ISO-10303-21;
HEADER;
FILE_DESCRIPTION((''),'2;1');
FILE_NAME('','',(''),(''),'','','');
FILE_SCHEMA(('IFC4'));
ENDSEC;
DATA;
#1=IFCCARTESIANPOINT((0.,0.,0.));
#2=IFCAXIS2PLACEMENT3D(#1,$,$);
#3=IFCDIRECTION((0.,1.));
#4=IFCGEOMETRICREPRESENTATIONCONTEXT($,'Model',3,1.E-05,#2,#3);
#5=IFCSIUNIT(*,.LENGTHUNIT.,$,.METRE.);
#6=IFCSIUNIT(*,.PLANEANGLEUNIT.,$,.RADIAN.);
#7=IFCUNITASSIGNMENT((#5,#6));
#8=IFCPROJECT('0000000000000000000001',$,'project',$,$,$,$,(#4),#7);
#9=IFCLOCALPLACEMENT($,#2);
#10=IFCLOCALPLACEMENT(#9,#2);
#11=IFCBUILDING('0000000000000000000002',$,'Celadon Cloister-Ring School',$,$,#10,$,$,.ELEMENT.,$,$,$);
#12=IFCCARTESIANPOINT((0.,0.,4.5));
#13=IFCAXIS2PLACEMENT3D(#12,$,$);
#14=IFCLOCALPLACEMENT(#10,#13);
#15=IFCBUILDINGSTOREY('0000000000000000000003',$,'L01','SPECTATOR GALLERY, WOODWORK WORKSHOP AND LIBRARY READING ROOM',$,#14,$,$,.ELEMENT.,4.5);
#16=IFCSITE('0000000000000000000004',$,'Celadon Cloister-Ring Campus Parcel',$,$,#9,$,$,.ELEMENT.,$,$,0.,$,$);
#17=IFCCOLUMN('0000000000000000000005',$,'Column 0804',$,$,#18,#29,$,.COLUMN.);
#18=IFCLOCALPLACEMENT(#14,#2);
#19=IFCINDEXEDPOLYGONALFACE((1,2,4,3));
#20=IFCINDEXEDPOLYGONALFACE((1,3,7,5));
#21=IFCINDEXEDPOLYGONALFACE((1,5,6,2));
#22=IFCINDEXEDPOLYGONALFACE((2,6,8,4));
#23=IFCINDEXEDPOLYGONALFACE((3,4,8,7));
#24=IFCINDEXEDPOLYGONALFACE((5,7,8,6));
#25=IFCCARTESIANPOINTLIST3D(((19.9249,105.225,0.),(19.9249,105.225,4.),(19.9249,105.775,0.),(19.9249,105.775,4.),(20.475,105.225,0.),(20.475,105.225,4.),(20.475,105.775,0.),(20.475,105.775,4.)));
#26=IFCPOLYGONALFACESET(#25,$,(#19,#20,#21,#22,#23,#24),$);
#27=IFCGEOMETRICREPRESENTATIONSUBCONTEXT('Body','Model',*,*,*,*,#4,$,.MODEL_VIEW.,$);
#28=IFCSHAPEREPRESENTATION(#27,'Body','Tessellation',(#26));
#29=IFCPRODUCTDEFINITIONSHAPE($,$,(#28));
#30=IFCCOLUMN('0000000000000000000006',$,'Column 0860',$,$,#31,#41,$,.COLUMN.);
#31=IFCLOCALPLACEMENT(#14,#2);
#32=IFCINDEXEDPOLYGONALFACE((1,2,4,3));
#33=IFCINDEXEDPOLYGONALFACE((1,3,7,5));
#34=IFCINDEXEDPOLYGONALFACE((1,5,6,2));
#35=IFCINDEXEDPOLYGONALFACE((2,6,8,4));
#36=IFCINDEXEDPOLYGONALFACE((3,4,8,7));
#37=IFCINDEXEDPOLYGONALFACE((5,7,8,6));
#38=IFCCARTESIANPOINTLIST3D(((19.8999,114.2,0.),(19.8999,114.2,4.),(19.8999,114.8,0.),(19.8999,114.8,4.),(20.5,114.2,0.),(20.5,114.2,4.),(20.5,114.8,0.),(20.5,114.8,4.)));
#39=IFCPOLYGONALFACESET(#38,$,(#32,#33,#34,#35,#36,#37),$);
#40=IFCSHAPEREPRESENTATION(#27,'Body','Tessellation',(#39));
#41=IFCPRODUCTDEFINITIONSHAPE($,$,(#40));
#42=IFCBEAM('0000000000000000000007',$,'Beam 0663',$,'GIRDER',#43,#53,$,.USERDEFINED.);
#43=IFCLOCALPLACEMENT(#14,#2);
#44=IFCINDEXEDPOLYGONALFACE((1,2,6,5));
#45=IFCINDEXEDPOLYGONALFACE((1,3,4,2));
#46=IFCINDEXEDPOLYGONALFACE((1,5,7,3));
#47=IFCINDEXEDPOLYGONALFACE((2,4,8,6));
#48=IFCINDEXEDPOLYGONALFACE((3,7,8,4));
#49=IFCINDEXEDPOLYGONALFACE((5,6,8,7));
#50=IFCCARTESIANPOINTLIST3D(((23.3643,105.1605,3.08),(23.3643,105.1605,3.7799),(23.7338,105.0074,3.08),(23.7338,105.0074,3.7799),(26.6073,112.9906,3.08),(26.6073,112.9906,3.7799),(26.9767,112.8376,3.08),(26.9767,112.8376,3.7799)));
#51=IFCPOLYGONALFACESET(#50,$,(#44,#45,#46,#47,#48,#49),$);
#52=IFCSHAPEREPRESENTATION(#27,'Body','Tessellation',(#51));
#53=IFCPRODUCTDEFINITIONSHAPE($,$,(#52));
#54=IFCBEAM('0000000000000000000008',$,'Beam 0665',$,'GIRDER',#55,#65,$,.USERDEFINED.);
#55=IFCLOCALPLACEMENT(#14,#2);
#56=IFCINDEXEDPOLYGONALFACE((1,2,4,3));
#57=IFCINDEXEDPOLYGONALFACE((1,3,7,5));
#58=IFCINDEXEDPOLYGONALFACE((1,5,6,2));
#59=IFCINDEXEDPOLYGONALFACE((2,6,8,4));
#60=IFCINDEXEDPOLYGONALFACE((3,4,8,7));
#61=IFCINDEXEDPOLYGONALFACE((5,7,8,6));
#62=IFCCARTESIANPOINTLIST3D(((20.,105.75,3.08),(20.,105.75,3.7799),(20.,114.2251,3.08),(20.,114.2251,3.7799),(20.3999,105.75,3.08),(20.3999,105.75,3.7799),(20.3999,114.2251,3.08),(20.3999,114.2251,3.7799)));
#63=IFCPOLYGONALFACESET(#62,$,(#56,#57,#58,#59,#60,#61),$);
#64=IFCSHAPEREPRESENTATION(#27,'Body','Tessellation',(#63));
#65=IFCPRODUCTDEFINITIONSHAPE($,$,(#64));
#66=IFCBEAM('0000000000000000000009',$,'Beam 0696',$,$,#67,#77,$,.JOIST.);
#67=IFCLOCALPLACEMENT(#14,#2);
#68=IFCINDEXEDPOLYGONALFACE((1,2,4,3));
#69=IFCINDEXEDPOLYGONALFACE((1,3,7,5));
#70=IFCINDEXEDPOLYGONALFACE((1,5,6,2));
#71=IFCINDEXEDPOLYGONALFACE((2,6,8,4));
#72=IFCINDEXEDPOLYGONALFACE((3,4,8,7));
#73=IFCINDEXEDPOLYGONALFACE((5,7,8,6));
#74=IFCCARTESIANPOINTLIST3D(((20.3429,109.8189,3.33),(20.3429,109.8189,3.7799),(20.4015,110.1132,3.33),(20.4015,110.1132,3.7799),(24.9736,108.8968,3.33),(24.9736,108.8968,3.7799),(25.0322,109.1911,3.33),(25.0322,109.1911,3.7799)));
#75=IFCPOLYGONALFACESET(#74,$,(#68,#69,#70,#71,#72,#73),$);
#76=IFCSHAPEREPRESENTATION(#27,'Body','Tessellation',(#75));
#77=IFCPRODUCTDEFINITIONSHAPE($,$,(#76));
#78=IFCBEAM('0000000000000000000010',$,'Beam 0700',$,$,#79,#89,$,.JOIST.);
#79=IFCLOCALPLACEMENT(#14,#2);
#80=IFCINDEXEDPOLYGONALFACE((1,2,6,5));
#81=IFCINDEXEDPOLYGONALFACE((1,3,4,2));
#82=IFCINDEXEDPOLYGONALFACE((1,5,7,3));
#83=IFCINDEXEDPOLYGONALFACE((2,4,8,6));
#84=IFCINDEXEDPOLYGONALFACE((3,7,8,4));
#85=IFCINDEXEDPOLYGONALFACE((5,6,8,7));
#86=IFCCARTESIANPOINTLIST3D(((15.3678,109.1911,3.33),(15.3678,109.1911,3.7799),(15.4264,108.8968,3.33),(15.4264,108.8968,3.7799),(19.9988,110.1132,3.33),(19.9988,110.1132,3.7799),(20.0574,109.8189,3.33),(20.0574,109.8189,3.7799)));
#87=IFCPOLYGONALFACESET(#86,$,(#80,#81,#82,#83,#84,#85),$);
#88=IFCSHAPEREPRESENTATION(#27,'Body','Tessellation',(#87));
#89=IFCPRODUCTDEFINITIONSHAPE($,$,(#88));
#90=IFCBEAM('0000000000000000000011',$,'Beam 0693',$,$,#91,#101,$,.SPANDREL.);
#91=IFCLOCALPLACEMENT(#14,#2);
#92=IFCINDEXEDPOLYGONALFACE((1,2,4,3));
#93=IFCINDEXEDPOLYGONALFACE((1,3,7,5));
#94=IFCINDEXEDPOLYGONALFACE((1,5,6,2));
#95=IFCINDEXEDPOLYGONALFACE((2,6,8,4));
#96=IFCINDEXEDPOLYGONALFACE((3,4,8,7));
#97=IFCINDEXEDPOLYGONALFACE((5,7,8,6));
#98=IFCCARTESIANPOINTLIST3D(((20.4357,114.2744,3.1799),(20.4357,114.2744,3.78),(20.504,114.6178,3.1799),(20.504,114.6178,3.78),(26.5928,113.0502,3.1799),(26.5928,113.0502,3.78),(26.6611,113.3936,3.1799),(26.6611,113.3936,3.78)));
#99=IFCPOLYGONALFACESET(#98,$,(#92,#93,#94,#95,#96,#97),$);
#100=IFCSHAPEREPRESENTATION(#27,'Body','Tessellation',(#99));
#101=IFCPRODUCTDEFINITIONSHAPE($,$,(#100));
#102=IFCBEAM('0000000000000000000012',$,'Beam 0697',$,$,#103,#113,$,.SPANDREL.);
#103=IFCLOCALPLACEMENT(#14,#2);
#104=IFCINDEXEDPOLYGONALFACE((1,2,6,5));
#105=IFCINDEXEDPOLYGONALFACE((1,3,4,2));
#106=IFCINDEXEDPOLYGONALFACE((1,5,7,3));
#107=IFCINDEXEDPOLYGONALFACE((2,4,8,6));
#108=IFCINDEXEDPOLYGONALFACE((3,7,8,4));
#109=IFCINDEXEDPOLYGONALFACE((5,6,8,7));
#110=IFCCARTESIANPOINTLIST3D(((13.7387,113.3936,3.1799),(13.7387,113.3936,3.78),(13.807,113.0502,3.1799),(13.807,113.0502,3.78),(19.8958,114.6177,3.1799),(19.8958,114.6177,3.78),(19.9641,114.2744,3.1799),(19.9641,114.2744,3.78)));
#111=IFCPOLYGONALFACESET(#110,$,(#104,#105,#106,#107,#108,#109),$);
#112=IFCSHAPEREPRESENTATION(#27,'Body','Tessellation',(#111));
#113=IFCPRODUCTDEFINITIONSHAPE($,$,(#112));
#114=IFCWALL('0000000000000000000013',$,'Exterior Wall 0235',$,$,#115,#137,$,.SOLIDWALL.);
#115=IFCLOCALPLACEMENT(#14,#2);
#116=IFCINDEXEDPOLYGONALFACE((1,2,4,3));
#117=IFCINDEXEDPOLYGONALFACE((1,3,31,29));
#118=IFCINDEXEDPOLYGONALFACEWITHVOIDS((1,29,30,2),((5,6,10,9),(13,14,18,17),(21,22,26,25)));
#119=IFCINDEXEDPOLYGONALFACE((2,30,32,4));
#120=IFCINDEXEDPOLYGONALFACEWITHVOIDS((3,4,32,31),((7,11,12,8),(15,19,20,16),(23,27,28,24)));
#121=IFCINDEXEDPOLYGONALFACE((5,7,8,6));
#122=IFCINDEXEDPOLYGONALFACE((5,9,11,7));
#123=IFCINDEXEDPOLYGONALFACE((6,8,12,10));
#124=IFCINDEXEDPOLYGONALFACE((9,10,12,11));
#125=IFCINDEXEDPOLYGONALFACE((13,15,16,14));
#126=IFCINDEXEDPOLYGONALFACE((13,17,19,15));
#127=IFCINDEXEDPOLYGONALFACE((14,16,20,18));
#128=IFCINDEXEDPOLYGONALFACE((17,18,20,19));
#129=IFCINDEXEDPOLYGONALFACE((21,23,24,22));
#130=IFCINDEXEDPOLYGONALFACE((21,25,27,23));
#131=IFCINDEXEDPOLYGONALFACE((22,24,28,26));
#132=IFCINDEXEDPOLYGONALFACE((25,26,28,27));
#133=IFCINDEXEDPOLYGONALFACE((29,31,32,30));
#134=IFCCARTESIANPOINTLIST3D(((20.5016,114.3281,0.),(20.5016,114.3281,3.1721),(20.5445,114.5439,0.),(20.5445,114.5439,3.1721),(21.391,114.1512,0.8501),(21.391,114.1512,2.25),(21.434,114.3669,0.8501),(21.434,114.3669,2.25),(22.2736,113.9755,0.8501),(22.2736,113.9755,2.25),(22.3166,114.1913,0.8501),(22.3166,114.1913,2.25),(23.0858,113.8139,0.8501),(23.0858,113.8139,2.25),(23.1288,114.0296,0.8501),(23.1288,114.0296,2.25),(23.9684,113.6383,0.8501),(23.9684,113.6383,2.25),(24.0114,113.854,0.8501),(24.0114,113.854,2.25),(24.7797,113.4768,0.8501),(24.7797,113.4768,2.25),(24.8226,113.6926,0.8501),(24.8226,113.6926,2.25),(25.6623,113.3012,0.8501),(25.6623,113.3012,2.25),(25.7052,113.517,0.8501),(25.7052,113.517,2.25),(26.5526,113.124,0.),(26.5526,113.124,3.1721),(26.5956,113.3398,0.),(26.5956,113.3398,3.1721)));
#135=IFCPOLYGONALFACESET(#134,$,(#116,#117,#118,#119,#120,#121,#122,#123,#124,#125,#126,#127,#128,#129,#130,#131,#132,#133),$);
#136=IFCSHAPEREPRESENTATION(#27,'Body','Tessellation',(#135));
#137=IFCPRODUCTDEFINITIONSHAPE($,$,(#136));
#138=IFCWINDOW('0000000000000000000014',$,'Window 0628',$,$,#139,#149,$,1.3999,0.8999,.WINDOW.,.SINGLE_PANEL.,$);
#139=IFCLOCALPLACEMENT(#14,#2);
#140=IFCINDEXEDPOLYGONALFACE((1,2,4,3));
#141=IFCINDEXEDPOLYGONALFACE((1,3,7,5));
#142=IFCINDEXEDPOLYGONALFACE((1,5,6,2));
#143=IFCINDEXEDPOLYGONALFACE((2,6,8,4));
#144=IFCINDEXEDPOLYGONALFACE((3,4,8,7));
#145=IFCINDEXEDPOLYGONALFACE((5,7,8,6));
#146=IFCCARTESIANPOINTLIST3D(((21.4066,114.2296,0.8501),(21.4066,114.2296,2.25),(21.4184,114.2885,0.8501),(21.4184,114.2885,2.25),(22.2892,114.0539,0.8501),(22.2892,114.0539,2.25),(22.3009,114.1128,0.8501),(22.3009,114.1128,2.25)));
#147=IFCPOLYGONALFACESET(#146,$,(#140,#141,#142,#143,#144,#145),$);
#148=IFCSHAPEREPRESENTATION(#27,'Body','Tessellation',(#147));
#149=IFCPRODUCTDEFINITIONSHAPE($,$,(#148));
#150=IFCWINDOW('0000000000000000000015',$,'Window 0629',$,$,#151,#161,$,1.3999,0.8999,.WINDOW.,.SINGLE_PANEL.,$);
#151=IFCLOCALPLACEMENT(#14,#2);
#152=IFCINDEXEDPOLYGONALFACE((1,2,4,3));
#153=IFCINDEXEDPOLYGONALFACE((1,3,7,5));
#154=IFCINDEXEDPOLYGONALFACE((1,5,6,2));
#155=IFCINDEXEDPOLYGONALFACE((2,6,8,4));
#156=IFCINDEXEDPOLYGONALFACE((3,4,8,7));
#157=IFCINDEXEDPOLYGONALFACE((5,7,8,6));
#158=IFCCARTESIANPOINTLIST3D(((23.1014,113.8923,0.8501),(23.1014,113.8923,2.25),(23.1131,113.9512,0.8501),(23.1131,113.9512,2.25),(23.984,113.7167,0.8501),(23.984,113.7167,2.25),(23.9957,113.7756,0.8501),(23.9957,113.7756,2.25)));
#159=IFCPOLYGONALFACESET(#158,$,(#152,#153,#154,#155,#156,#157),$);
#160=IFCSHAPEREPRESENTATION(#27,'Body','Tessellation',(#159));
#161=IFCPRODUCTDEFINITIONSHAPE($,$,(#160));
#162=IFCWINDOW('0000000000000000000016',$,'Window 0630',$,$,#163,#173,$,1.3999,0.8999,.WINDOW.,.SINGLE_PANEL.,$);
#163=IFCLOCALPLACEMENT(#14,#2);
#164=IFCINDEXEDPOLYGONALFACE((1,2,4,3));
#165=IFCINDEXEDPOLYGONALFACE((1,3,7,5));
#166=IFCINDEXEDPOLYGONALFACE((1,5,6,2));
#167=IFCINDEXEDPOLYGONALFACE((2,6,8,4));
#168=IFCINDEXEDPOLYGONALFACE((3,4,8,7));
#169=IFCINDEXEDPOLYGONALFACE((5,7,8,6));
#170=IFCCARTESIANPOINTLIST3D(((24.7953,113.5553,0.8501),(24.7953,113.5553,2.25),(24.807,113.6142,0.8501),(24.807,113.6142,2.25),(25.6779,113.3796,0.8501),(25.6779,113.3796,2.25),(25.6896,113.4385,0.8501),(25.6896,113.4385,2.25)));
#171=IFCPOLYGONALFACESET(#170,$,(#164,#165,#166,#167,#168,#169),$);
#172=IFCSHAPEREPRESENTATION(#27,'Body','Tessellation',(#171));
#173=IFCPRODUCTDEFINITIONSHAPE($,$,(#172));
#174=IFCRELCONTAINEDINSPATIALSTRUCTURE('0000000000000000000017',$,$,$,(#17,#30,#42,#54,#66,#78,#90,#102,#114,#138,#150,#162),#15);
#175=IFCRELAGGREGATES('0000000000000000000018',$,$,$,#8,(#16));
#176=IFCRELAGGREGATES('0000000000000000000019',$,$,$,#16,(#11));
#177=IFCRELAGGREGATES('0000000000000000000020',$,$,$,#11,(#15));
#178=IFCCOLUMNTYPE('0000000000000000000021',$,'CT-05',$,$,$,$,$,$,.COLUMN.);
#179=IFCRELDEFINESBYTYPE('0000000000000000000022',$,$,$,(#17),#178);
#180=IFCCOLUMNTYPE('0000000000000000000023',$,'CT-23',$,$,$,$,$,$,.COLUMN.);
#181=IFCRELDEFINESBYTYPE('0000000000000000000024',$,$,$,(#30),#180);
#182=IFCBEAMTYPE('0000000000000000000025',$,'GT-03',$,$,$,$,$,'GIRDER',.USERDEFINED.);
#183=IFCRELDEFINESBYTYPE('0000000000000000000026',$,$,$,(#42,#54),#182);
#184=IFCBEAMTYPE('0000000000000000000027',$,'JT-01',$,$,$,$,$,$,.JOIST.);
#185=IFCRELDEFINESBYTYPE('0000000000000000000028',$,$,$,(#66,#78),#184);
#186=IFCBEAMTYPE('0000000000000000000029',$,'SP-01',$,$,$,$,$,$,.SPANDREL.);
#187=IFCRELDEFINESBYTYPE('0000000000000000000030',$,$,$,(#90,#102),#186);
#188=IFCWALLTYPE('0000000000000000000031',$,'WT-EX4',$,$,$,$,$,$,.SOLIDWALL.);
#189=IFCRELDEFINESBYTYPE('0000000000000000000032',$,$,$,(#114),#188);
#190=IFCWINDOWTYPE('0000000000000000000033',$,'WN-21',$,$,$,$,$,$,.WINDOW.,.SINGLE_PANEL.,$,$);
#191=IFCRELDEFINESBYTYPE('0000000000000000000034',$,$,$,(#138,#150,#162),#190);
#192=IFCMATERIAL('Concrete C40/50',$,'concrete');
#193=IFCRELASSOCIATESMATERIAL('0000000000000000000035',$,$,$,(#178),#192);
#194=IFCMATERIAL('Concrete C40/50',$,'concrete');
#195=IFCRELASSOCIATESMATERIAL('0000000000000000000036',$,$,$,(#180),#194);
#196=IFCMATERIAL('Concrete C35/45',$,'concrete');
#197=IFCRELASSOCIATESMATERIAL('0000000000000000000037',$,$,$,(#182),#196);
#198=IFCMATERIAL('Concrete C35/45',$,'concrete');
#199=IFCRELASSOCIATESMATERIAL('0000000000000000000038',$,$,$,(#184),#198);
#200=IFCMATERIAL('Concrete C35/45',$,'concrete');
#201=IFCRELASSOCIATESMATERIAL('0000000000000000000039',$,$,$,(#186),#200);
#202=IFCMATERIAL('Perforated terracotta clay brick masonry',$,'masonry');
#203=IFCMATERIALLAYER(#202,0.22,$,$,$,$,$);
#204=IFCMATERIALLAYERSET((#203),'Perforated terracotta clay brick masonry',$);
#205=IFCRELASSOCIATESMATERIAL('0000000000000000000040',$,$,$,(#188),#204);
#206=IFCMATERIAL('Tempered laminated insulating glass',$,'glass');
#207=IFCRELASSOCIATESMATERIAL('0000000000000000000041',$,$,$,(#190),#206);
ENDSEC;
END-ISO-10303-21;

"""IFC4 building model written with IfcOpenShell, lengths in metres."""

from ifc_helpers import new_model, si_unit, direction, frame, frame_2d, origin, origin_2d, place, context, subcontext, project, spatial, rectangle, extrude, material, layer, layer_set, material_profile, profile_set, type_object, element, fill, save


model = new_model("IFC4")

# Units and contexts
model_context = context("Model", 3, precision=1e-05, world=origin(), true_north=direction((0.0, 1.0)))
body_context = subcontext(model_context, "Body", "Model", "MODEL_VIEW")
ifc_project = project(units=[si_unit("LENGTHUNIT", "METRE"), si_unit("PLANEANGLEUNIT", "RADIAN")], contexts=[model_context])

# Site, building, storey
site_placement = place(None, origin())
site = spatial("IfcSite", under=ifc_project, at=site_placement, Name="Celadon Cloister-Ring Campus Parcel", CompositionType="ELEMENT", RefElevation=0.0)
building_placement = place(site_placement, origin())
building = spatial("IfcBuilding", under=site, at=building_placement, Name="Celadon Cloister-Ring School", CompositionType="ELEMENT")
storey_placement = place(building_placement, frame((0.0, 0.0, 4.5)))
storey = spatial("IfcBuildingStorey", under=building, at=storey_placement, Name="L01", Description="SPECTATOR GALLERY, WOODWORK WORKSHOP AND LIBRARY READING ROOM", CompositionType="ELEMENT", Elevation=4.5)

# Columns
ifc_material_1 = material(Name="Concrete C40/50", Category="concrete")
ifc_material_profile_1 = material_profile(ifc_material_1, rectangle(XDim=0.55, YDim=0.55, at=origin_2d()), Name="RC550X550")
ifc_profile_set_1 = profile_set([ifc_material_profile_1], Name="Concrete C40/50")
column_type_1 = type_object("IfcColumnType", Name="CT-05", PredefinedType="COLUMN", material=ifc_profile_set_1)
column_1_placement = place(storey_placement, frame((20.2, 105.5, 0.0), z_axis=(0.0, 0.0, 1.0), x_axis=(0.0, 1.0, 0.0)))
element("IfcColumn", 1, at=column_1_placement, inside=storey, type_object=column_type_1, Name="Column 0804", PredefinedType="COLUMN", context=body_context, shape_type="SweptSolid", body=[
    extrude(rectangle(XDim=0.55, YDim=0.55, at=origin_2d()), origin(), (0.0, 0.0, 1.0), 4.0),
])
ifc_material_2 = material(Name="Concrete C40/50", Category="concrete")
ifc_material_profile_2 = material_profile(ifc_material_2, rectangle(XDim=0.6001, YDim=0.6001, at=origin_2d()), Name="RC600X600")
ifc_profile_set_2 = profile_set([ifc_material_profile_2], Name="Concrete C40/50")
column_type_2 = type_object("IfcColumnType", Name="CT-23", PredefinedType="COLUMN", material=ifc_profile_set_2)
column_2_placement = place(storey_placement, frame((20.2, 114.5, 0.0), z_axis=(0.0, 0.0, 1.0), x_axis=(0.0, 1.0, 0.0)))
element("IfcColumn", 2, at=column_2_placement, inside=storey, type_object=column_type_2, Name="Column 0860", PredefinedType="COLUMN", context=body_context, shape_type="SweptSolid", body=[
    extrude(rectangle(XDim=0.6001, YDim=0.6001, at=origin_2d()), origin(), (0.0, 0.0, 1.0), 4.0),
])

# Beams
ifc_material_3 = material(Name="Concrete C35/45", Category="concrete")
ifc_material_profile_3 = material_profile(ifc_material_3, rectangle(XDim=0.3999, YDim=0.7, at=origin_2d()), Name="RC400X700")
ifc_profile_set_3 = profile_set([ifc_material_profile_3], Name="Concrete C35/45")
beam_type_1 = type_object("IfcBeamType", Name="GT-03", ElementType="GIRDER", PredefinedType="USERDEFINED", material=ifc_profile_set_3)
for number, where, z_axis, x_axis, name in (
    (3, (26.792, 112.9141, 3.4299), (-0.382643, -0.923896, 0.0), (0.923896, -0.382643, 0.0), "Beam 0663"),
    (4, (20.2, 114.2251, 3.4299), (0.0, -1.0, 0.0), (1.0, 0.0, 0.0), "Beam 0665"),
):
    element("IfcBeam", number, at=place(storey_placement, frame(where, z_axis=z_axis, x_axis=x_axis)), inside=storey, type_object=beam_type_1, Name=name, ObjectType="GIRDER", PredefinedType="USERDEFINED", context=body_context, shape_type="SweptSolid", body=[
        extrude(rectangle(XDim=0.3999, YDim=0.7, at=origin_2d()), origin(), (0.0, 0.0, 1.0), 8.4751),
    ])
ifc_material_4 = material(Name="Concrete C35/45", Category="concrete")
ifc_material_profile_4 = material_profile(ifc_material_4, rectangle(XDim=0.3, YDim=0.45, at=origin_2d()), Name="RC300X450")
ifc_profile_set_4 = profile_set([ifc_material_profile_4], Name="Concrete C35/45")
beam_type_2 = type_object("IfcBeamType", Name="JT-01", PredefinedType="JOIST", material=ifc_profile_set_4)
beam_1_placement = place(storey_placement, frame((25.0029, 109.0439, 3.5549), z_axis=(-0.980745, 0.195291, 0.0), x_axis=(-0.195291, -0.980745, 0.0)))
element("IfcBeam", 5, at=beam_1_placement, inside=storey, type_object=beam_type_2, Name="Beam 0696", PredefinedType="JOIST", context=body_context, shape_type="SweptSolid", body=[
    extrude(rectangle(XDim=0.3, YDim=0.45, at=origin_2d()), origin(), (0.0, 0.0, 1.0), 4.7217),
])
beam_2_placement = place(storey_placement, frame((20.0281, 109.9661, 3.5549), z_axis=(-0.980747, -0.195281, 0.0), x_axis=(0.195281, -0.980747, 0.0)))
element("IfcBeam", 6, at=beam_2_placement, inside=storey, type_object=beam_type_2, Name="Beam 0700", PredefinedType="JOIST", context=body_context, shape_type="SweptSolid", body=[
    extrude(rectangle(XDim=0.3, YDim=0.45, at=origin_2d()), origin(), (0.0, 0.0, 1.0), 4.7219),
])
ifc_material_5 = material(Name="Concrete C35/45", Category="concrete")
ifc_material_profile_5 = material_profile(ifc_material_5, rectangle(XDim=0.3501, YDim=0.6001, at=origin_2d()), Name="RC350X600")
ifc_profile_set_5 = profile_set([ifc_material_profile_5], Name="Concrete C35/45")
beam_type_3 = type_object("IfcBeamType", Name="SP-01", PredefinedType="SPANDREL", material=ifc_profile_set_5)
for number, where, z_axis, x_axis, name in (
    (7, (26.627, 113.2219, 3.48), (-0.980803, 0.195002, 0.0), (-0.195002, -0.980803, 0.0), "Beam 0693"),
    (8, (19.9299, 114.446, 3.48), (-0.980803, -0.195002, 0.0), (0.195002, -0.980803, 0.0), "Beam 0697"),
):
    element("IfcBeam", number, at=place(storey_placement, frame(where, z_axis=z_axis, x_axis=x_axis)), inside=storey, type_object=beam_type_3, Name=name, PredefinedType="SPANDREL", context=body_context, shape_type="SweptSolid", body=[
        extrude(rectangle(XDim=0.3501, YDim=0.6001, at=origin_2d()), origin(), (0.0, 0.0, 1.0), 6.2776),
    ])

# Wall, openings, windows
ifc_material_6 = material(Name="Perforated terracotta clay brick masonry", Category="masonry")
ifc_layer_1 = layer(ifc_material_6, 0.22)
ifc_layer_set_1 = layer_set([ifc_layer_1], Name="Perforated terracotta clay brick masonry")
wall_type = type_object("IfcWallType", Name="WT-EX4", PredefinedType="SOLIDWALL", material=ifc_layer_set_1)
wall_placement = place(storey_placement, frame((20.5229, 114.436, 0.0), z_axis=(0.0, 0.0, 1.0), x_axis=(0.98077, -0.195165, 0.0)))
wall = element("IfcWall", 9, at=wall_placement, inside=storey, type_object=wall_type, Name="Exterior Wall 0235", PredefinedType="SOLIDWALL", context=body_context, shape_type="SweptSolid", body=[
    extrude(rectangle(XDim=6.1697, YDim=0.22, at=frame_2d((3.085, 0.0))), origin(), (0.0, 0.0, 1.0), 3.1721),
])
opening_1_placement = place(wall_placement, frame((0.907, 0.0, 0.8501)))
opening_1 = element("IfcOpeningElement", 10, at=opening_1_placement, cuts=wall, PredefinedType="OPENING", context=body_context, shape_type="SweptSolid", body=[
    extrude(rectangle(XDim=0.8999, YDim=1.3999, at=frame_2d((0.45, 0.7))), frame((0.0, 0.1201, 0.0), z_axis=(0.0, -1.0, 0.0), x_axis=(1.0, 0.0, 0.0)), (0.0, 0.0, 1.0), 0.24),
])
opening_2_placement = place(wall_placement, frame((2.635, 0.0, 0.8501)))
opening_2 = element("IfcOpeningElement", 11, at=opening_2_placement, cuts=wall, PredefinedType="OPENING", context=body_context, shape_type="SweptSolid", body=[
    extrude(rectangle(XDim=0.8999, YDim=1.3999, at=frame_2d((0.45, 0.7))), frame((0.0, 0.1201, 0.0), z_axis=(0.0, -1.0, 0.0), x_axis=(1.0, 0.0, 0.0)), (0.0, 0.0, 1.0), 0.24),
])
opening_3_placement = place(wall_placement, frame((4.3621, 0.0, 0.8501)))
opening_3 = element("IfcOpeningElement", 12, at=opening_3_placement, cuts=wall, PredefinedType="OPENING", context=body_context, shape_type="SweptSolid", body=[
    extrude(rectangle(XDim=0.8999, YDim=1.3999, at=frame_2d((0.45, 0.7))), frame((0.0, 0.1201, 0.0), z_axis=(0.0, -1.0, 0.0), x_axis=(1.0, 0.0, 0.0)), (0.0, 0.0, 1.0), 0.24),
])
ifc_material_7 = material(Name="Tempered laminated insulating glass", Category="glass")
window_type = type_object("IfcWindowType", Name="WN-21", PartitioningType="SINGLE_PANEL", PredefinedType="WINDOW", material=ifc_material_7)
window_1_placement = place(opening_1_placement, origin())
window_1 = element("IfcWindow", 13, at=window_1_placement, inside=storey, type_object=window_type, Name="Window 0628", OverallHeight=1.3999, OverallWidth=0.8999, PartitioningType="SINGLE_PANEL", PredefinedType="WINDOW", context=body_context, shape_type="SweptSolid", body=[
    extrude(rectangle(XDim=0.8999, YDim=1.3999, at=frame_2d((0.45, 0.7))), frame((0.0, 0.03, 0.0), z_axis=(0.0, -1.0, 0.0), x_axis=(1.0, 0.0, 0.0)), (0.0, 0.0, 1.0), 0.0601),
])
fill(opening_1, window_1)
window_2_placement = place(opening_2_placement, origin())
window_2 = element("IfcWindow", 14, at=window_2_placement, inside=storey, type_object=window_type, Name="Window 0629", OverallHeight=1.3999, OverallWidth=0.8999, PartitioningType="SINGLE_PANEL", PredefinedType="WINDOW", context=body_context, shape_type="SweptSolid", body=[
    extrude(rectangle(XDim=0.8999, YDim=1.3999, at=frame_2d((0.45, 0.7))), frame((0.0, 0.03, 0.0), z_axis=(0.0, -1.0, 0.0), x_axis=(1.0, 0.0, 0.0)), (0.0, 0.0, 1.0), 0.0601),
])
fill(opening_2, window_2)
window_3_placement = place(opening_3_placement, origin())
window_3 = element("IfcWindow", 15, at=window_3_placement, inside=storey, type_object=window_type, Name="Window 0630", OverallHeight=1.3999, OverallWidth=0.8999, PartitioningType="SINGLE_PANEL", PredefinedType="WINDOW", context=body_context, shape_type="SweptSolid", body=[
    extrude(rectangle(XDim=0.8999, YDim=1.3999, at=frame_2d((0.45, 0.7))), frame((0.0, 0.03, 0.0), z_axis=(0.0, -1.0, 0.0), x_axis=(1.0, 0.0, 0.0)), (0.0, 0.0, 1.0), 0.0601),
])
fill(opening_3, window_3)

save(model, "model.ifc")
